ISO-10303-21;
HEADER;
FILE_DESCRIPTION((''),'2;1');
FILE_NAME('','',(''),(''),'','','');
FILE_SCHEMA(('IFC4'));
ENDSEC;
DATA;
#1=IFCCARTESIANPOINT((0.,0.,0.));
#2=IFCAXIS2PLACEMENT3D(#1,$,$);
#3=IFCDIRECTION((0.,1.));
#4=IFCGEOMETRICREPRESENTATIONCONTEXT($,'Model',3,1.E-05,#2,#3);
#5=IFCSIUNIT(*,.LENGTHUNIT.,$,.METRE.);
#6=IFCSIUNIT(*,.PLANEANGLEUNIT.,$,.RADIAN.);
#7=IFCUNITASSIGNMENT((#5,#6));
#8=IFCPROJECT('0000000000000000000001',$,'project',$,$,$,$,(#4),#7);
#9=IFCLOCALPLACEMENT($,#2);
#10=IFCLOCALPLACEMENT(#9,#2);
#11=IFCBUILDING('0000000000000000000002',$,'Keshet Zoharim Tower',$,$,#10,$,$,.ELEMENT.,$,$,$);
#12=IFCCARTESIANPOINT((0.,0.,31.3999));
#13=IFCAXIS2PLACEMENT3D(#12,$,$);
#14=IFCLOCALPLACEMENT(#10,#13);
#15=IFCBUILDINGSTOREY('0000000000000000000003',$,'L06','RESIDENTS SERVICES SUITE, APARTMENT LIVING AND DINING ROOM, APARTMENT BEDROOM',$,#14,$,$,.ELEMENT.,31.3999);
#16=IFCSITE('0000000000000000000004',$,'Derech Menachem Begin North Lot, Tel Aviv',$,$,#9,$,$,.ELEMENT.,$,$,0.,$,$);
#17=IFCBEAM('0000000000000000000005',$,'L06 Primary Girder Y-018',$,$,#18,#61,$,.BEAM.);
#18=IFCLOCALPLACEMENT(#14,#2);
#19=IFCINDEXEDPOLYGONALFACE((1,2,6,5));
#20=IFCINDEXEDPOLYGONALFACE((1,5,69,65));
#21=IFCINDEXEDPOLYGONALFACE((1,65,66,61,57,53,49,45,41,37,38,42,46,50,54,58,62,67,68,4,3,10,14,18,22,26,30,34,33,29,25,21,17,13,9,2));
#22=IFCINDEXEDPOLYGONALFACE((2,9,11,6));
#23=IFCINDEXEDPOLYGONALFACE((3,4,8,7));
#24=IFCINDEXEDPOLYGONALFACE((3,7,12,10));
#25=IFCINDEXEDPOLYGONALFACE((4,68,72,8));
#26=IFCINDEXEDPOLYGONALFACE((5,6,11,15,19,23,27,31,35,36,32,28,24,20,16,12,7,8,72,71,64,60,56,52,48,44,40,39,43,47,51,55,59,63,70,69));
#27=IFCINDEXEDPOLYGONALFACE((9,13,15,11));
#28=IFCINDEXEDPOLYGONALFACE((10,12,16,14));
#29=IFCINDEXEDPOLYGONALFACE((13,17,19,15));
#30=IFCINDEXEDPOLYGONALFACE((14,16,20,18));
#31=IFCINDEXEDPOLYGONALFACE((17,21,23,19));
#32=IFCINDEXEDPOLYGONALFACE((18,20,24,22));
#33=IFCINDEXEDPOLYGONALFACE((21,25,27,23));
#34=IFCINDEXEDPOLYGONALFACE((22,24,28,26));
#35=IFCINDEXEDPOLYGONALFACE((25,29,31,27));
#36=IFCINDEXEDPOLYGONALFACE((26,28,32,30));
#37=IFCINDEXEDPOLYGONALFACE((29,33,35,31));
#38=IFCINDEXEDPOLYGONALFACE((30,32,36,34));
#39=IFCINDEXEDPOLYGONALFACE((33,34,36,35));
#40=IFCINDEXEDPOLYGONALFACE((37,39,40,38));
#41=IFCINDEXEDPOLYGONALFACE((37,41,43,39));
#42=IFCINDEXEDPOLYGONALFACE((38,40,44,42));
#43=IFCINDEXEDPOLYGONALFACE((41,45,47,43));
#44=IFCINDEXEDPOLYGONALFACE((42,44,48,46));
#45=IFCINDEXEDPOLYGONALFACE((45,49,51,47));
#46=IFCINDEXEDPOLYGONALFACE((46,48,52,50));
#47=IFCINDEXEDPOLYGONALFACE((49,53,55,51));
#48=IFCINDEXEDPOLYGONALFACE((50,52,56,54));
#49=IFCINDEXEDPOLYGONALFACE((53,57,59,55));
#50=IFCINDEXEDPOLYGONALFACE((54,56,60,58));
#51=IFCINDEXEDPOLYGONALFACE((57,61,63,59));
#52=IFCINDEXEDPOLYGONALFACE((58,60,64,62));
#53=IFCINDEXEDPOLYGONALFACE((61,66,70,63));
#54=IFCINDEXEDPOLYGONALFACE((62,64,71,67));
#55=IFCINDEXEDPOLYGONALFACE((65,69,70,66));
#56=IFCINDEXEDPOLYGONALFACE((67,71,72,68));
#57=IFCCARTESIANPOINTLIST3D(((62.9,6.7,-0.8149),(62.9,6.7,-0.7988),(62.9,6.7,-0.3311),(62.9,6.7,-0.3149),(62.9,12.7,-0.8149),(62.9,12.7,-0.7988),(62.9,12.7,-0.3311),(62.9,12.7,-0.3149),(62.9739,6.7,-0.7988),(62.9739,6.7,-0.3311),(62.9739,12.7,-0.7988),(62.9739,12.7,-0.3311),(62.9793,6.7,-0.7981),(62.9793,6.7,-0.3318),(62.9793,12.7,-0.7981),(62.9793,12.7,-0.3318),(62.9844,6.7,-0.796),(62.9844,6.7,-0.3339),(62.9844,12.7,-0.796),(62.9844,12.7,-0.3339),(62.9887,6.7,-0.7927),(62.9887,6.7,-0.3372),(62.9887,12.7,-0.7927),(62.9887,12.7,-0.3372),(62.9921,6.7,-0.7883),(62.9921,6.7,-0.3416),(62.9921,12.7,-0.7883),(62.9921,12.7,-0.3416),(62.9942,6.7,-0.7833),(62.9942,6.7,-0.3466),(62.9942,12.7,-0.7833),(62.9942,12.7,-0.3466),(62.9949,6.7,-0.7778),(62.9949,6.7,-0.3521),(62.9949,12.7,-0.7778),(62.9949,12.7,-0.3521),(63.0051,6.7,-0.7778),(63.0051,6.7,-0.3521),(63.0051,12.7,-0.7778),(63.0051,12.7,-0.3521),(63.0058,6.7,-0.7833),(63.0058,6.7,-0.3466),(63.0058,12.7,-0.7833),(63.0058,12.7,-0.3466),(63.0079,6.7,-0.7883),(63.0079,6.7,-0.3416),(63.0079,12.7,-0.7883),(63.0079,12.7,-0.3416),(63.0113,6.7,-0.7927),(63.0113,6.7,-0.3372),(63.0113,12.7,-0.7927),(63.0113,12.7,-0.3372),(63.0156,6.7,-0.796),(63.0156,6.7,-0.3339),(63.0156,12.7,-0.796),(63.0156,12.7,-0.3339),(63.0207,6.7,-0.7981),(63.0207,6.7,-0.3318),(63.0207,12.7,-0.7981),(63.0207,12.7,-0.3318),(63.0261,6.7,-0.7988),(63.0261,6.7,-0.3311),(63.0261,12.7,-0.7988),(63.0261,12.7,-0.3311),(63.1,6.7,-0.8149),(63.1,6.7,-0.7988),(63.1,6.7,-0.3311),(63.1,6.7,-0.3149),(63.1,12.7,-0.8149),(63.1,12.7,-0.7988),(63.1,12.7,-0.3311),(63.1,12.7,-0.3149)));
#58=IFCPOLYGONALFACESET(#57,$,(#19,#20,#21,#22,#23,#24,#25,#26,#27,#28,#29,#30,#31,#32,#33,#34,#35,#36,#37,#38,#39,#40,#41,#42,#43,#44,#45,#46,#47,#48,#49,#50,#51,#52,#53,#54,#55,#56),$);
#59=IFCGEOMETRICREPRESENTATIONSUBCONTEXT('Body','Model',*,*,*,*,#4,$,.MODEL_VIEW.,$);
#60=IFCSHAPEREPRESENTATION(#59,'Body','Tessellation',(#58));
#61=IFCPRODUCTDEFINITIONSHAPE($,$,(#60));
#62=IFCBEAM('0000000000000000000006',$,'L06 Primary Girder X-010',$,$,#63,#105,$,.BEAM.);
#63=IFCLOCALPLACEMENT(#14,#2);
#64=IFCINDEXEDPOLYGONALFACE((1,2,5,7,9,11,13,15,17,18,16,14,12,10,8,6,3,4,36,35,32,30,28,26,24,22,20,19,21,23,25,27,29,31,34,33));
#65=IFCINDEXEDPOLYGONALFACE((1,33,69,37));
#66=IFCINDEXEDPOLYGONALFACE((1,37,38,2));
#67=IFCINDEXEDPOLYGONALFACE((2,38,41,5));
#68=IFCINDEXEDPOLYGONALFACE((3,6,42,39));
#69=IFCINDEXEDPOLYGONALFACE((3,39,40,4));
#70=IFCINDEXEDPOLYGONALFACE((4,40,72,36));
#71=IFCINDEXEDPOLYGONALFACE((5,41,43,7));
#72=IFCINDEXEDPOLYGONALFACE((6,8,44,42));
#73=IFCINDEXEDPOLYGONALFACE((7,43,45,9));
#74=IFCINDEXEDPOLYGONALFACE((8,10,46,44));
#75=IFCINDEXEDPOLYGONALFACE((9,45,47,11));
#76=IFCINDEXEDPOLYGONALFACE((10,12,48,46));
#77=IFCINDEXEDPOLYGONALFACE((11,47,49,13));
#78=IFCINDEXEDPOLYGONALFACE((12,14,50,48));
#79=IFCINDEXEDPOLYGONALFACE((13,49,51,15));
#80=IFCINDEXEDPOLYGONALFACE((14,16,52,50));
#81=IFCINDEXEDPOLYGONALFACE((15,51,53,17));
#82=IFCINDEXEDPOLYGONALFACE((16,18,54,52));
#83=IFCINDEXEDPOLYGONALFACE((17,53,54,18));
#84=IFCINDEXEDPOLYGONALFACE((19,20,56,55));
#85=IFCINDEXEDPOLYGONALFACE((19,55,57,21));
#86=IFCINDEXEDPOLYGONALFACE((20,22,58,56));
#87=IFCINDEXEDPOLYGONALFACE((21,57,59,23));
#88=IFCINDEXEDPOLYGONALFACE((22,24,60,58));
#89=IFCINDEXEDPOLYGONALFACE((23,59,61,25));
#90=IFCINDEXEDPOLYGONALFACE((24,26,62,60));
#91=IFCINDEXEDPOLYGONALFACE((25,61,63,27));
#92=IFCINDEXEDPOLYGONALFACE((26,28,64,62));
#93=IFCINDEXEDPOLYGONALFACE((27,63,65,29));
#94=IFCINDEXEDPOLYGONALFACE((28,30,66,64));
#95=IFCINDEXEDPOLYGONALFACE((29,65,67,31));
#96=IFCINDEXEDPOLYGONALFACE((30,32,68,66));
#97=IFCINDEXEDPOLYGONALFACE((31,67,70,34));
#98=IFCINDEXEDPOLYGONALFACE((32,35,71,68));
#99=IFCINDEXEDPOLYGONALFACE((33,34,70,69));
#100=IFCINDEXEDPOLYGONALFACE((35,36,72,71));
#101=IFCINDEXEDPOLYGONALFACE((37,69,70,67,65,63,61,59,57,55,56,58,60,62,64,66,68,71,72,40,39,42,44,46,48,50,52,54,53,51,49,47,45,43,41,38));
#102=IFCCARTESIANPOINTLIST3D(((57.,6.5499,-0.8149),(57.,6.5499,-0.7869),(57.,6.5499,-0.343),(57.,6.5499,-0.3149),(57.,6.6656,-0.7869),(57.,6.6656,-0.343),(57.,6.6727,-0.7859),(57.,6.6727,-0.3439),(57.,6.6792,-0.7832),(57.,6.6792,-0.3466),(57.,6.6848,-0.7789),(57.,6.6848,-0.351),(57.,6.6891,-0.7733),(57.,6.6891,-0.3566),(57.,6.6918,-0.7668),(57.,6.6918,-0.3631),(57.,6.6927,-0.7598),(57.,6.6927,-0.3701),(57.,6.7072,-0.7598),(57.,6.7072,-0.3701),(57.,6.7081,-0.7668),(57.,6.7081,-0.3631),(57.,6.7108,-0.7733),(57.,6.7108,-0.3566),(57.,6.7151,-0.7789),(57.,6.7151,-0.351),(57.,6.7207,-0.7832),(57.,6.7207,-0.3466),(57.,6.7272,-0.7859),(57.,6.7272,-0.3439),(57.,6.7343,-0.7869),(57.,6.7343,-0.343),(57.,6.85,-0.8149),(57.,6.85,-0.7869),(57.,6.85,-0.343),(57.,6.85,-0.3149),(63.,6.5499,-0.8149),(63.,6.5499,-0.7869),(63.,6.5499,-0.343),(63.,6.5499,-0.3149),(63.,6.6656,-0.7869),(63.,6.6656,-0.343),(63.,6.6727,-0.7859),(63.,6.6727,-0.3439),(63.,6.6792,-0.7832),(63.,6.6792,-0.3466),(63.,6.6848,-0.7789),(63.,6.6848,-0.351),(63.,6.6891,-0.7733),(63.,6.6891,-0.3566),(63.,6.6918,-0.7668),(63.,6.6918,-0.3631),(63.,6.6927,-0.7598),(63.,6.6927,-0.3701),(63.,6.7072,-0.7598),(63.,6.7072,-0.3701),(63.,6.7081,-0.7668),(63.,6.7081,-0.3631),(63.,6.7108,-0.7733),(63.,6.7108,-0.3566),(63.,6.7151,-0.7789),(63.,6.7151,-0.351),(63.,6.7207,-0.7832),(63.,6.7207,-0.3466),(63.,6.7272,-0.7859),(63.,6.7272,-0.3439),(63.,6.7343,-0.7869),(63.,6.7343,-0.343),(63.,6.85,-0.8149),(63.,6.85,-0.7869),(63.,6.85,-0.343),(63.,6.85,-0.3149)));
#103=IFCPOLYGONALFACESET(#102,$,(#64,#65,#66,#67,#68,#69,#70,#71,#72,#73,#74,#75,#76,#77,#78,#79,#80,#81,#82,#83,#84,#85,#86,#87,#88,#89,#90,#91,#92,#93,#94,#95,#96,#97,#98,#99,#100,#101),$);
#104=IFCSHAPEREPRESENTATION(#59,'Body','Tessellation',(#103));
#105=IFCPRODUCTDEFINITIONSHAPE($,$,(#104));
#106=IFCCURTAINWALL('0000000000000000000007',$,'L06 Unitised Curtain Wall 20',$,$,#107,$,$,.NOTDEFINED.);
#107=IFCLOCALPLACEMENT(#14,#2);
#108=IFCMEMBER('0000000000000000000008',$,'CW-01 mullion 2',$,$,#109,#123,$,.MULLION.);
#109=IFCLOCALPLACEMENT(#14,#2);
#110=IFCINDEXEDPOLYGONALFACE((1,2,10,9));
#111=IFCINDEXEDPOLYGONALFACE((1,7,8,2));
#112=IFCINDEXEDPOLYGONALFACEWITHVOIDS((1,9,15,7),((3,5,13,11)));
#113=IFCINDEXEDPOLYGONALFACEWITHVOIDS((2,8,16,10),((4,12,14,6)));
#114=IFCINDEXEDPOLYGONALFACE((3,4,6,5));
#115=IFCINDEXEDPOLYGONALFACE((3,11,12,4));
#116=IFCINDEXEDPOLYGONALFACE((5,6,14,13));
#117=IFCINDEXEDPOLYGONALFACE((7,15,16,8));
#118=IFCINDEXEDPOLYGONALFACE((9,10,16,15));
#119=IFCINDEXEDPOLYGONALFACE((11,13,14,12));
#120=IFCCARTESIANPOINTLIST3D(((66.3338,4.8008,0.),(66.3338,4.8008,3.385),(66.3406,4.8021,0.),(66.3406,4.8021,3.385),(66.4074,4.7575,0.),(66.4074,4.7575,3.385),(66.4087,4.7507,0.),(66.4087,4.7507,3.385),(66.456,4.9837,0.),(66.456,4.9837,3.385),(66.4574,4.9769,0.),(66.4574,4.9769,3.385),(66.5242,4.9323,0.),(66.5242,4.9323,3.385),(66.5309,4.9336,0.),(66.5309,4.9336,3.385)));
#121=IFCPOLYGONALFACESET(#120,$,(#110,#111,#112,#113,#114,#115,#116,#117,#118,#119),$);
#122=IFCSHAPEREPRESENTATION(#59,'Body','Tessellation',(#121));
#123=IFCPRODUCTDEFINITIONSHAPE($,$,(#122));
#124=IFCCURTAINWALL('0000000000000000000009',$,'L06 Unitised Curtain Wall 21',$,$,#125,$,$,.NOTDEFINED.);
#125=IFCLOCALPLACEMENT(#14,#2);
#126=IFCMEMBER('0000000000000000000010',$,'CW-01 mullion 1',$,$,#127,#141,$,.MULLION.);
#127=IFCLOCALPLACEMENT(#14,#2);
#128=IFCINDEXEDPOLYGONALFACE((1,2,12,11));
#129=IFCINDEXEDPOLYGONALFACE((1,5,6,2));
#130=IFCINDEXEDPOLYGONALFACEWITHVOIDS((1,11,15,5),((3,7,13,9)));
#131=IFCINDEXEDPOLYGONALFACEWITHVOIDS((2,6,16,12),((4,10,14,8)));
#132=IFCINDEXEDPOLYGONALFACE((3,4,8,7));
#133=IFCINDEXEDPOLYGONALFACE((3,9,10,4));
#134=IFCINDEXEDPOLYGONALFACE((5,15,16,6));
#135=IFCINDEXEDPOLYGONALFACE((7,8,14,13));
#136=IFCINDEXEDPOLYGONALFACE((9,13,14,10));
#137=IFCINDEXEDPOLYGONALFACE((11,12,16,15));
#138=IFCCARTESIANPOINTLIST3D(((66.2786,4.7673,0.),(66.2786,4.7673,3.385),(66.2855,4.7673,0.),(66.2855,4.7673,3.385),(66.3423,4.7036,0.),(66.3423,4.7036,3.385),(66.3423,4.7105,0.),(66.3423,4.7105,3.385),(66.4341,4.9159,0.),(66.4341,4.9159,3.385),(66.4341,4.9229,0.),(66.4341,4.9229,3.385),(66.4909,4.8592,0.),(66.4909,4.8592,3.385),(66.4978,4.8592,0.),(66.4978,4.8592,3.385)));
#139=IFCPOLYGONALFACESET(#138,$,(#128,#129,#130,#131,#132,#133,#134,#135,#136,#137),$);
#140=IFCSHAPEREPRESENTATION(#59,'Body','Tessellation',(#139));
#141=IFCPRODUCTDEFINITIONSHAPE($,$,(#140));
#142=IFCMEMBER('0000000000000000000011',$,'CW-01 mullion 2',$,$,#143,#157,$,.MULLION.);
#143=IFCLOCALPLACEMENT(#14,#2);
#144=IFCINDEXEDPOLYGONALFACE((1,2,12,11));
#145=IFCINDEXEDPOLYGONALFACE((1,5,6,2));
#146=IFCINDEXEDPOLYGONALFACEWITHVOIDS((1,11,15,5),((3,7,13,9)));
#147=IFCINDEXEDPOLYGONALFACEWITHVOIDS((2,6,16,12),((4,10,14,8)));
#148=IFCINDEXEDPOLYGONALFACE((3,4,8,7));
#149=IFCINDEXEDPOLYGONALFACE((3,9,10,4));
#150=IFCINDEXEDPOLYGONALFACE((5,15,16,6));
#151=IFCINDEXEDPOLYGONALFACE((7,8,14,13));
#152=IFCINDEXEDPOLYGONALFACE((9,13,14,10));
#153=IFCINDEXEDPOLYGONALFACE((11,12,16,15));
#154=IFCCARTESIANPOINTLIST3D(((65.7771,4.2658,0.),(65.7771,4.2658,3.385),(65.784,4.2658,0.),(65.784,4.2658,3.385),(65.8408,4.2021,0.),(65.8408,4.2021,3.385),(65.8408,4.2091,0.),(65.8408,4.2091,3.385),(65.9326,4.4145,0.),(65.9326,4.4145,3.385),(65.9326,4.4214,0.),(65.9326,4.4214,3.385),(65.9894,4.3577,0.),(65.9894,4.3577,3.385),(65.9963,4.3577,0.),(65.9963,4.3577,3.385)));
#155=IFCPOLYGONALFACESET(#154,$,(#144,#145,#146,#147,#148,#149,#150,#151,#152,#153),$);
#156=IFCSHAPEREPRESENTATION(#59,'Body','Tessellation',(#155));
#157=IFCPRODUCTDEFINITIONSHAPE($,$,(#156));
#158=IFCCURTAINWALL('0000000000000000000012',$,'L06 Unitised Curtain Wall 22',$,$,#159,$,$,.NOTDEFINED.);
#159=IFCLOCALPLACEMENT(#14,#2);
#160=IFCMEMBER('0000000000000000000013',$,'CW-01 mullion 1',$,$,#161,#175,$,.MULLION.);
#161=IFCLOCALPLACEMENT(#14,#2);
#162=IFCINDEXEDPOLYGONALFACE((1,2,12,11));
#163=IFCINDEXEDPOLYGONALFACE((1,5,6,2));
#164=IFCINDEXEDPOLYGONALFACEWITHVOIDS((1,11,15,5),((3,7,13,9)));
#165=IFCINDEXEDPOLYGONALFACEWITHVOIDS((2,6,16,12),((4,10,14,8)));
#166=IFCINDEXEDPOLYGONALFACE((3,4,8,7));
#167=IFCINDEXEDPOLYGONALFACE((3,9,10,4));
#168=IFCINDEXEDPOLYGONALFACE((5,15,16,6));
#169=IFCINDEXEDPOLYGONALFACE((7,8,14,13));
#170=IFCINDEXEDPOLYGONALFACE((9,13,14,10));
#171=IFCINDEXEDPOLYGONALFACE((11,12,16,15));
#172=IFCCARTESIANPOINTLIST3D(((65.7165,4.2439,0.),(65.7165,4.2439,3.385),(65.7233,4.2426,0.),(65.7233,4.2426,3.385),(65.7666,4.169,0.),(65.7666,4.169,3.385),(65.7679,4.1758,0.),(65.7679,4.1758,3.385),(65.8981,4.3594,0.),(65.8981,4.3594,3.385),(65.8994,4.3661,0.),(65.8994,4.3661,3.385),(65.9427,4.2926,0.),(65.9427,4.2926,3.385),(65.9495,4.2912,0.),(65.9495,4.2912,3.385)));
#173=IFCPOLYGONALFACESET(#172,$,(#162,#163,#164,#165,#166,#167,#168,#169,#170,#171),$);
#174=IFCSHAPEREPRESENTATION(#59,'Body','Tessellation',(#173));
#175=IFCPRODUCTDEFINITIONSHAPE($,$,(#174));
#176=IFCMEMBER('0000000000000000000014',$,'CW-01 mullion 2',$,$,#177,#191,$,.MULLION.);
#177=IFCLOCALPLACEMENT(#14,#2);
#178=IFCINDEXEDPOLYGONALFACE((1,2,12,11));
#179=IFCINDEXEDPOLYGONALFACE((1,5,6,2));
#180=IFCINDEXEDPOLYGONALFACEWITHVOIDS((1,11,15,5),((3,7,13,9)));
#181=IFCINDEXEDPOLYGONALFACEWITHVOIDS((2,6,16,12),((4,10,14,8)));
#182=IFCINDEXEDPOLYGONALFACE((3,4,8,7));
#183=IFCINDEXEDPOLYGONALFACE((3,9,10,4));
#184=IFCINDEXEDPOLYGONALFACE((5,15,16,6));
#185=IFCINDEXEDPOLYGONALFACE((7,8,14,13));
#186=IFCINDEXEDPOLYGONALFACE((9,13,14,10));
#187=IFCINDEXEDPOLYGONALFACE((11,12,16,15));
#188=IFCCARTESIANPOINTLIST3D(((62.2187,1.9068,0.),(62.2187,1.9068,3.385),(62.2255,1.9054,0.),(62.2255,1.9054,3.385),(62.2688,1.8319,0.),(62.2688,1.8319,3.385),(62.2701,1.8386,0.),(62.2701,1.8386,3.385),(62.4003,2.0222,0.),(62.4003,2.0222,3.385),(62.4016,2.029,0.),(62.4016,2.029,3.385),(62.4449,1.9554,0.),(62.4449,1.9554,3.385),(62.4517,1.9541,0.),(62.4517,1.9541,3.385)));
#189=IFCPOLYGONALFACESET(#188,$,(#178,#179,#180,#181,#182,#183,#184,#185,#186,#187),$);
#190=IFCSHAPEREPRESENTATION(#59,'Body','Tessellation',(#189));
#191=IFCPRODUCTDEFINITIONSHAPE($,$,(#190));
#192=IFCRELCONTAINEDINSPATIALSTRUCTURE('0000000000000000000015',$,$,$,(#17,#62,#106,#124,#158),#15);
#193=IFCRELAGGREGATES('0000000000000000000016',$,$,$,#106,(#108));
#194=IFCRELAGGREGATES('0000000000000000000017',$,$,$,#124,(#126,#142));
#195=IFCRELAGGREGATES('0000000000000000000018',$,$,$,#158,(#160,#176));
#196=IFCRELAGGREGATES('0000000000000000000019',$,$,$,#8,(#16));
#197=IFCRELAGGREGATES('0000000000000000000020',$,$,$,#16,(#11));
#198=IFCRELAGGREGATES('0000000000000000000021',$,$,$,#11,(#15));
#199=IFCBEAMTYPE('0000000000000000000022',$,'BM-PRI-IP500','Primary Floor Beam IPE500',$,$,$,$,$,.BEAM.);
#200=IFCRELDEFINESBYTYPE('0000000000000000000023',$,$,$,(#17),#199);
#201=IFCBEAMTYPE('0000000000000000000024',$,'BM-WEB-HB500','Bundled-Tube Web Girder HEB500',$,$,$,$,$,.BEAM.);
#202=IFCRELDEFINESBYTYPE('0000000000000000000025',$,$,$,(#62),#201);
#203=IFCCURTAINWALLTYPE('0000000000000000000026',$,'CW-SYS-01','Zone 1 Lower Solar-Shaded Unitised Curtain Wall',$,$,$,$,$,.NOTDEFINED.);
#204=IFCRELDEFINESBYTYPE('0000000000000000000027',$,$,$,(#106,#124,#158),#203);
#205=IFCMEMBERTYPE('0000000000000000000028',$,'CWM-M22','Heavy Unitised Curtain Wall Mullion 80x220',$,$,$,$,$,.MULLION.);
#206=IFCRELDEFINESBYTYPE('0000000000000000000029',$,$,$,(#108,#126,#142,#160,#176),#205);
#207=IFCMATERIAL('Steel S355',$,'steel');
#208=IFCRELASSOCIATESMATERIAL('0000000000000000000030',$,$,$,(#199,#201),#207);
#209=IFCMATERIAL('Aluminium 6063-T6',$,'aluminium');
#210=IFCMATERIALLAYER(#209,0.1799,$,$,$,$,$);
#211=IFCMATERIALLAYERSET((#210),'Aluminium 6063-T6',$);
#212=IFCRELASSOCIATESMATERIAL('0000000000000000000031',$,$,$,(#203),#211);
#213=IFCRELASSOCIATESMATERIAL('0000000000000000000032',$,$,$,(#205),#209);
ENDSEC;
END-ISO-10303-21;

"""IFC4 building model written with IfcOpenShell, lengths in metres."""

from ifc_helpers import new_model, si_unit, direction, frame, origin, origin_2d, place, context, subcontext, project, spatial, hollow_rectangle, i_section, extrude, material, layer, layer_set, material_profile, profile_set, type_object, element, aggregate, save


model = new_model("IFC4")

# Units and contexts
model_context = context("Model", 3, precision=1e-05, world=origin(), true_north=direction((0.0, 1.0)))
body_context = subcontext(model_context, "Body", "Model", "MODEL_VIEW")
ifc_project = project(units=[si_unit("LENGTHUNIT", "METRE"), si_unit("PLANEANGLEUNIT", "RADIAN")], contexts=[model_context])

# Site, building, storey
site_placement = place(None, origin())
site = spatial("IfcSite", under=ifc_project, at=site_placement, Name="Derech Menachem Begin North Lot, Tel Aviv", CompositionType="ELEMENT", RefElevation=0.0)
building_placement = place(site_placement, origin())
building = spatial("IfcBuilding", under=site, at=building_placement, Name="Keshet Zoharim Tower", CompositionType="ELEMENT")
storey_placement = place(building_placement, frame((0.0, 0.0, 31.3999)))
storey = spatial("IfcBuildingStorey", under=building, at=storey_placement, Name="L06", Description="RESIDENTS SERVICES SUITE, APARTMENT LIVING AND DINING ROOM, APARTMENT BEDROOM", CompositionType="ELEMENT", Elevation=31.3999)

# Shared definitions
ifc_material_1 = material(Name="Steel S355", Category="steel")

# Beams
ifc_material_profile_1 = material_profile(ifc_material_1, i_section(OverallWidth=0.2, OverallDepth=0.5, WebThickness=0.0103, FlangeThickness=0.0161, FilletRadius=0.021, at=origin_2d()), Name="IPE500")
ifc_profile_set_1 = profile_set([ifc_material_profile_1], Name="Steel S355")
beam_type_1 = type_object("IfcBeamType", Name="BM-PRI-IP500", Description="Primary Floor Beam IPE500", PredefinedType="BEAM", material=ifc_profile_set_1)
for number, where, z_axis, x_axis, name in (
    (1, (63.0, 6.7, -0.5649), (0.0, 1.0, 0.0), (-1.0, 0.0, 0.0), "L06 Primary Girder Y-018"),
):
    element("IfcBeam", number, at=place(storey_placement, frame(where, z_axis=z_axis, x_axis=x_axis)), inside=storey, type_object=beam_type_1, Name=name, PredefinedType="BEAM", context=body_context, shape_type="SweptSolid", body=[
        extrude(i_section(OverallWidth=0.2, OverallDepth=0.5, WebThickness=0.0103, FlangeThickness=0.0161, FilletRadius=0.021, at=origin_2d()), origin(), (0.0, 0.0, 1.0), 6.0),
    ])
ifc_material_profile_2 = material_profile(ifc_material_1, i_section(OverallWidth=0.3, OverallDepth=0.5, WebThickness=0.0144, FlangeThickness=0.0281, FilletRadius=0.0271, at=origin_2d()), Name="HEB500")
ifc_profile_set_2 = profile_set([ifc_material_profile_2], Name="Steel S355")
beam_type_2 = type_object("IfcBeamType", Name="BM-WEB-HB500", Description="Bundled-Tube Web Girder HEB500", PredefinedType="BEAM", material=ifc_profile_set_2)
beam_placement = place(storey_placement, frame((57.0, 6.7, -0.5649), z_axis=(1.0, 0.0, 0.0), x_axis=(0.0, 1.0, 0.0)))
element("IfcBeam", 2, at=beam_placement, inside=storey, type_object=beam_type_2, Name="L06 Primary Girder X-010", PredefinedType="BEAM", context=body_context, shape_type="SweptSolid", body=[
    extrude(i_section(OverallWidth=0.3, OverallDepth=0.5, WebThickness=0.0144, FlangeThickness=0.0281, FilletRadius=0.0271, at=origin_2d()), origin(), (0.0, 0.0, 1.0), 6.0),
])

# Curtain wall, member
ifc_material_2 = material(Name="Aluminium 6063-T6", Category="aluminium")
ifc_layer_1 = layer(ifc_material_2, 0.1799)
ifc_layer_set_1 = layer_set([ifc_layer_1], Name="Aluminium 6063-T6")
curtain_wall_type = type_object("IfcCurtainWallType", Name="CW-SYS-01", Description="Zone 1 Lower Solar-Shaded Unitised Curtain Wall", PredefinedType="NOTDEFINED", material=ifc_layer_set_1)
curtain_wall_1_placement = place(storey_placement, origin())
curtain_wall_1 = element("IfcCurtainWall", 3, at=curtain_wall_1_placement, inside=storey, type_object=curtain_wall_type, Name="L06 Unitised Curtain Wall 20", PredefinedType="NOTDEFINED")
ifc_material_profile_3 = material_profile(ifc_material_2, hollow_rectangle(XDim=0.0901, YDim=0.22, WallThickness=0.0049, at=origin_2d()), Name="MUL-90x220")
ifc_profile_set_3 = profile_set([ifc_material_profile_3], Name="Aluminium 6063-T6")
member_type_1 = type_object("IfcMemberType", Name="CWM-M22", Description="Heavy Unitised Curtain Wall Mullion 80x220", PredefinedType="MULLION", material=ifc_profile_set_3)
member_1_placement = place(storey_placement, frame((66.4324, 4.8672, 0.0), z_axis=(0.0, 0.0, 1.0), x_axis=(0.831474, -0.555563, 0.0)))
member_1 = element("IfcMember", 4, at=member_1_placement, type_object=member_type_1, Name="CW-01 mullion 2", PredefinedType="MULLION", context=body_context, shape_type="SweptSolid", body=[
    extrude(hollow_rectangle(XDim=0.0901, YDim=0.22, WallThickness=0.0049, at=origin_2d()), origin(), (0.0, 0.0, 1.0), 3.385),
])

# Curtain walls, members
curtain_wall_2_placement = place(storey_placement, origin())
curtain_wall_2 = element("IfcCurtainWall", 5, at=curtain_wall_2_placement, inside=storey, type_object=curtain_wall_type, Name="L06 Unitised Curtain Wall 21", PredefinedType="NOTDEFINED")
member_2_placement = place(storey_placement, frame((66.3882, 4.8132, 0.0), z_axis=(0.0, 0.0, 1.0), x_axis=(0.707107, -0.707107, 0.0)))
member_2 = element("IfcMember", 6, at=member_2_placement, type_object=member_type_1, Name="CW-01 mullion 1", PredefinedType="MULLION", context=body_context, shape_type="SweptSolid", body=[
    extrude(hollow_rectangle(XDim=0.0901, YDim=0.22, WallThickness=0.0049, at=origin_2d()), origin(), (0.0, 0.0, 1.0), 3.385),
])
member_3_placement = place(storey_placement, frame((65.8867, 4.3118, 0.0), z_axis=(0.0, 0.0, 1.0), x_axis=(0.707107, -0.707107, 0.0)))
member_3 = element("IfcMember", 7, at=member_3_placement, type_object=member_type_1, Name="CW-01 mullion 2", PredefinedType="MULLION", context=body_context, shape_type="SweptSolid", body=[
    extrude(hollow_rectangle(XDim=0.0901, YDim=0.22, WallThickness=0.0049, at=origin_2d()), origin(), (0.0, 0.0, 1.0), 3.385),
])
curtain_wall_3_placement = place(storey_placement, origin())
curtain_wall_3 = element("IfcCurtainWall", 8, at=curtain_wall_3_placement, inside=storey, type_object=curtain_wall_type, Name="L06 Unitised Curtain Wall 22", PredefinedType="NOTDEFINED")
member_4_placement = place(storey_placement, frame((65.833, 4.2676, 0.0), z_axis=(0.0, 0.0, 1.0), x_axis=(0.555563, -0.831474, 0.0)))
member_4 = element("IfcMember", 9, at=member_4_placement, type_object=member_type_1, Name="CW-01 mullion 1", PredefinedType="MULLION", context=body_context, shape_type="SweptSolid", body=[
    extrude(hollow_rectangle(XDim=0.0901, YDim=0.22, WallThickness=0.0049, at=origin_2d()), origin(), (0.0, 0.0, 1.0), 3.385),
])
member_5_placement = place(storey_placement, frame((62.3352, 1.9304, 0.0), z_axis=(0.0, 0.0, 1.0), x_axis=(0.555563, -0.831474, 0.0)))
member_5 = element("IfcMember", 10, at=member_5_placement, type_object=member_type_1, Name="CW-01 mullion 2", PredefinedType="MULLION", context=body_context, shape_type="SweptSolid", body=[
    extrude(hollow_rectangle(XDim=0.0901, YDim=0.22, WallThickness=0.0049, at=origin_2d()), origin(), (0.0, 0.0, 1.0), 3.385),
])

aggregate(curtain_wall_1, [member_1])
aggregate(curtain_wall_2, [member_2, member_3])
aggregate(curtain_wall_3, [member_4, member_5])

save(model, "model.ifc")
